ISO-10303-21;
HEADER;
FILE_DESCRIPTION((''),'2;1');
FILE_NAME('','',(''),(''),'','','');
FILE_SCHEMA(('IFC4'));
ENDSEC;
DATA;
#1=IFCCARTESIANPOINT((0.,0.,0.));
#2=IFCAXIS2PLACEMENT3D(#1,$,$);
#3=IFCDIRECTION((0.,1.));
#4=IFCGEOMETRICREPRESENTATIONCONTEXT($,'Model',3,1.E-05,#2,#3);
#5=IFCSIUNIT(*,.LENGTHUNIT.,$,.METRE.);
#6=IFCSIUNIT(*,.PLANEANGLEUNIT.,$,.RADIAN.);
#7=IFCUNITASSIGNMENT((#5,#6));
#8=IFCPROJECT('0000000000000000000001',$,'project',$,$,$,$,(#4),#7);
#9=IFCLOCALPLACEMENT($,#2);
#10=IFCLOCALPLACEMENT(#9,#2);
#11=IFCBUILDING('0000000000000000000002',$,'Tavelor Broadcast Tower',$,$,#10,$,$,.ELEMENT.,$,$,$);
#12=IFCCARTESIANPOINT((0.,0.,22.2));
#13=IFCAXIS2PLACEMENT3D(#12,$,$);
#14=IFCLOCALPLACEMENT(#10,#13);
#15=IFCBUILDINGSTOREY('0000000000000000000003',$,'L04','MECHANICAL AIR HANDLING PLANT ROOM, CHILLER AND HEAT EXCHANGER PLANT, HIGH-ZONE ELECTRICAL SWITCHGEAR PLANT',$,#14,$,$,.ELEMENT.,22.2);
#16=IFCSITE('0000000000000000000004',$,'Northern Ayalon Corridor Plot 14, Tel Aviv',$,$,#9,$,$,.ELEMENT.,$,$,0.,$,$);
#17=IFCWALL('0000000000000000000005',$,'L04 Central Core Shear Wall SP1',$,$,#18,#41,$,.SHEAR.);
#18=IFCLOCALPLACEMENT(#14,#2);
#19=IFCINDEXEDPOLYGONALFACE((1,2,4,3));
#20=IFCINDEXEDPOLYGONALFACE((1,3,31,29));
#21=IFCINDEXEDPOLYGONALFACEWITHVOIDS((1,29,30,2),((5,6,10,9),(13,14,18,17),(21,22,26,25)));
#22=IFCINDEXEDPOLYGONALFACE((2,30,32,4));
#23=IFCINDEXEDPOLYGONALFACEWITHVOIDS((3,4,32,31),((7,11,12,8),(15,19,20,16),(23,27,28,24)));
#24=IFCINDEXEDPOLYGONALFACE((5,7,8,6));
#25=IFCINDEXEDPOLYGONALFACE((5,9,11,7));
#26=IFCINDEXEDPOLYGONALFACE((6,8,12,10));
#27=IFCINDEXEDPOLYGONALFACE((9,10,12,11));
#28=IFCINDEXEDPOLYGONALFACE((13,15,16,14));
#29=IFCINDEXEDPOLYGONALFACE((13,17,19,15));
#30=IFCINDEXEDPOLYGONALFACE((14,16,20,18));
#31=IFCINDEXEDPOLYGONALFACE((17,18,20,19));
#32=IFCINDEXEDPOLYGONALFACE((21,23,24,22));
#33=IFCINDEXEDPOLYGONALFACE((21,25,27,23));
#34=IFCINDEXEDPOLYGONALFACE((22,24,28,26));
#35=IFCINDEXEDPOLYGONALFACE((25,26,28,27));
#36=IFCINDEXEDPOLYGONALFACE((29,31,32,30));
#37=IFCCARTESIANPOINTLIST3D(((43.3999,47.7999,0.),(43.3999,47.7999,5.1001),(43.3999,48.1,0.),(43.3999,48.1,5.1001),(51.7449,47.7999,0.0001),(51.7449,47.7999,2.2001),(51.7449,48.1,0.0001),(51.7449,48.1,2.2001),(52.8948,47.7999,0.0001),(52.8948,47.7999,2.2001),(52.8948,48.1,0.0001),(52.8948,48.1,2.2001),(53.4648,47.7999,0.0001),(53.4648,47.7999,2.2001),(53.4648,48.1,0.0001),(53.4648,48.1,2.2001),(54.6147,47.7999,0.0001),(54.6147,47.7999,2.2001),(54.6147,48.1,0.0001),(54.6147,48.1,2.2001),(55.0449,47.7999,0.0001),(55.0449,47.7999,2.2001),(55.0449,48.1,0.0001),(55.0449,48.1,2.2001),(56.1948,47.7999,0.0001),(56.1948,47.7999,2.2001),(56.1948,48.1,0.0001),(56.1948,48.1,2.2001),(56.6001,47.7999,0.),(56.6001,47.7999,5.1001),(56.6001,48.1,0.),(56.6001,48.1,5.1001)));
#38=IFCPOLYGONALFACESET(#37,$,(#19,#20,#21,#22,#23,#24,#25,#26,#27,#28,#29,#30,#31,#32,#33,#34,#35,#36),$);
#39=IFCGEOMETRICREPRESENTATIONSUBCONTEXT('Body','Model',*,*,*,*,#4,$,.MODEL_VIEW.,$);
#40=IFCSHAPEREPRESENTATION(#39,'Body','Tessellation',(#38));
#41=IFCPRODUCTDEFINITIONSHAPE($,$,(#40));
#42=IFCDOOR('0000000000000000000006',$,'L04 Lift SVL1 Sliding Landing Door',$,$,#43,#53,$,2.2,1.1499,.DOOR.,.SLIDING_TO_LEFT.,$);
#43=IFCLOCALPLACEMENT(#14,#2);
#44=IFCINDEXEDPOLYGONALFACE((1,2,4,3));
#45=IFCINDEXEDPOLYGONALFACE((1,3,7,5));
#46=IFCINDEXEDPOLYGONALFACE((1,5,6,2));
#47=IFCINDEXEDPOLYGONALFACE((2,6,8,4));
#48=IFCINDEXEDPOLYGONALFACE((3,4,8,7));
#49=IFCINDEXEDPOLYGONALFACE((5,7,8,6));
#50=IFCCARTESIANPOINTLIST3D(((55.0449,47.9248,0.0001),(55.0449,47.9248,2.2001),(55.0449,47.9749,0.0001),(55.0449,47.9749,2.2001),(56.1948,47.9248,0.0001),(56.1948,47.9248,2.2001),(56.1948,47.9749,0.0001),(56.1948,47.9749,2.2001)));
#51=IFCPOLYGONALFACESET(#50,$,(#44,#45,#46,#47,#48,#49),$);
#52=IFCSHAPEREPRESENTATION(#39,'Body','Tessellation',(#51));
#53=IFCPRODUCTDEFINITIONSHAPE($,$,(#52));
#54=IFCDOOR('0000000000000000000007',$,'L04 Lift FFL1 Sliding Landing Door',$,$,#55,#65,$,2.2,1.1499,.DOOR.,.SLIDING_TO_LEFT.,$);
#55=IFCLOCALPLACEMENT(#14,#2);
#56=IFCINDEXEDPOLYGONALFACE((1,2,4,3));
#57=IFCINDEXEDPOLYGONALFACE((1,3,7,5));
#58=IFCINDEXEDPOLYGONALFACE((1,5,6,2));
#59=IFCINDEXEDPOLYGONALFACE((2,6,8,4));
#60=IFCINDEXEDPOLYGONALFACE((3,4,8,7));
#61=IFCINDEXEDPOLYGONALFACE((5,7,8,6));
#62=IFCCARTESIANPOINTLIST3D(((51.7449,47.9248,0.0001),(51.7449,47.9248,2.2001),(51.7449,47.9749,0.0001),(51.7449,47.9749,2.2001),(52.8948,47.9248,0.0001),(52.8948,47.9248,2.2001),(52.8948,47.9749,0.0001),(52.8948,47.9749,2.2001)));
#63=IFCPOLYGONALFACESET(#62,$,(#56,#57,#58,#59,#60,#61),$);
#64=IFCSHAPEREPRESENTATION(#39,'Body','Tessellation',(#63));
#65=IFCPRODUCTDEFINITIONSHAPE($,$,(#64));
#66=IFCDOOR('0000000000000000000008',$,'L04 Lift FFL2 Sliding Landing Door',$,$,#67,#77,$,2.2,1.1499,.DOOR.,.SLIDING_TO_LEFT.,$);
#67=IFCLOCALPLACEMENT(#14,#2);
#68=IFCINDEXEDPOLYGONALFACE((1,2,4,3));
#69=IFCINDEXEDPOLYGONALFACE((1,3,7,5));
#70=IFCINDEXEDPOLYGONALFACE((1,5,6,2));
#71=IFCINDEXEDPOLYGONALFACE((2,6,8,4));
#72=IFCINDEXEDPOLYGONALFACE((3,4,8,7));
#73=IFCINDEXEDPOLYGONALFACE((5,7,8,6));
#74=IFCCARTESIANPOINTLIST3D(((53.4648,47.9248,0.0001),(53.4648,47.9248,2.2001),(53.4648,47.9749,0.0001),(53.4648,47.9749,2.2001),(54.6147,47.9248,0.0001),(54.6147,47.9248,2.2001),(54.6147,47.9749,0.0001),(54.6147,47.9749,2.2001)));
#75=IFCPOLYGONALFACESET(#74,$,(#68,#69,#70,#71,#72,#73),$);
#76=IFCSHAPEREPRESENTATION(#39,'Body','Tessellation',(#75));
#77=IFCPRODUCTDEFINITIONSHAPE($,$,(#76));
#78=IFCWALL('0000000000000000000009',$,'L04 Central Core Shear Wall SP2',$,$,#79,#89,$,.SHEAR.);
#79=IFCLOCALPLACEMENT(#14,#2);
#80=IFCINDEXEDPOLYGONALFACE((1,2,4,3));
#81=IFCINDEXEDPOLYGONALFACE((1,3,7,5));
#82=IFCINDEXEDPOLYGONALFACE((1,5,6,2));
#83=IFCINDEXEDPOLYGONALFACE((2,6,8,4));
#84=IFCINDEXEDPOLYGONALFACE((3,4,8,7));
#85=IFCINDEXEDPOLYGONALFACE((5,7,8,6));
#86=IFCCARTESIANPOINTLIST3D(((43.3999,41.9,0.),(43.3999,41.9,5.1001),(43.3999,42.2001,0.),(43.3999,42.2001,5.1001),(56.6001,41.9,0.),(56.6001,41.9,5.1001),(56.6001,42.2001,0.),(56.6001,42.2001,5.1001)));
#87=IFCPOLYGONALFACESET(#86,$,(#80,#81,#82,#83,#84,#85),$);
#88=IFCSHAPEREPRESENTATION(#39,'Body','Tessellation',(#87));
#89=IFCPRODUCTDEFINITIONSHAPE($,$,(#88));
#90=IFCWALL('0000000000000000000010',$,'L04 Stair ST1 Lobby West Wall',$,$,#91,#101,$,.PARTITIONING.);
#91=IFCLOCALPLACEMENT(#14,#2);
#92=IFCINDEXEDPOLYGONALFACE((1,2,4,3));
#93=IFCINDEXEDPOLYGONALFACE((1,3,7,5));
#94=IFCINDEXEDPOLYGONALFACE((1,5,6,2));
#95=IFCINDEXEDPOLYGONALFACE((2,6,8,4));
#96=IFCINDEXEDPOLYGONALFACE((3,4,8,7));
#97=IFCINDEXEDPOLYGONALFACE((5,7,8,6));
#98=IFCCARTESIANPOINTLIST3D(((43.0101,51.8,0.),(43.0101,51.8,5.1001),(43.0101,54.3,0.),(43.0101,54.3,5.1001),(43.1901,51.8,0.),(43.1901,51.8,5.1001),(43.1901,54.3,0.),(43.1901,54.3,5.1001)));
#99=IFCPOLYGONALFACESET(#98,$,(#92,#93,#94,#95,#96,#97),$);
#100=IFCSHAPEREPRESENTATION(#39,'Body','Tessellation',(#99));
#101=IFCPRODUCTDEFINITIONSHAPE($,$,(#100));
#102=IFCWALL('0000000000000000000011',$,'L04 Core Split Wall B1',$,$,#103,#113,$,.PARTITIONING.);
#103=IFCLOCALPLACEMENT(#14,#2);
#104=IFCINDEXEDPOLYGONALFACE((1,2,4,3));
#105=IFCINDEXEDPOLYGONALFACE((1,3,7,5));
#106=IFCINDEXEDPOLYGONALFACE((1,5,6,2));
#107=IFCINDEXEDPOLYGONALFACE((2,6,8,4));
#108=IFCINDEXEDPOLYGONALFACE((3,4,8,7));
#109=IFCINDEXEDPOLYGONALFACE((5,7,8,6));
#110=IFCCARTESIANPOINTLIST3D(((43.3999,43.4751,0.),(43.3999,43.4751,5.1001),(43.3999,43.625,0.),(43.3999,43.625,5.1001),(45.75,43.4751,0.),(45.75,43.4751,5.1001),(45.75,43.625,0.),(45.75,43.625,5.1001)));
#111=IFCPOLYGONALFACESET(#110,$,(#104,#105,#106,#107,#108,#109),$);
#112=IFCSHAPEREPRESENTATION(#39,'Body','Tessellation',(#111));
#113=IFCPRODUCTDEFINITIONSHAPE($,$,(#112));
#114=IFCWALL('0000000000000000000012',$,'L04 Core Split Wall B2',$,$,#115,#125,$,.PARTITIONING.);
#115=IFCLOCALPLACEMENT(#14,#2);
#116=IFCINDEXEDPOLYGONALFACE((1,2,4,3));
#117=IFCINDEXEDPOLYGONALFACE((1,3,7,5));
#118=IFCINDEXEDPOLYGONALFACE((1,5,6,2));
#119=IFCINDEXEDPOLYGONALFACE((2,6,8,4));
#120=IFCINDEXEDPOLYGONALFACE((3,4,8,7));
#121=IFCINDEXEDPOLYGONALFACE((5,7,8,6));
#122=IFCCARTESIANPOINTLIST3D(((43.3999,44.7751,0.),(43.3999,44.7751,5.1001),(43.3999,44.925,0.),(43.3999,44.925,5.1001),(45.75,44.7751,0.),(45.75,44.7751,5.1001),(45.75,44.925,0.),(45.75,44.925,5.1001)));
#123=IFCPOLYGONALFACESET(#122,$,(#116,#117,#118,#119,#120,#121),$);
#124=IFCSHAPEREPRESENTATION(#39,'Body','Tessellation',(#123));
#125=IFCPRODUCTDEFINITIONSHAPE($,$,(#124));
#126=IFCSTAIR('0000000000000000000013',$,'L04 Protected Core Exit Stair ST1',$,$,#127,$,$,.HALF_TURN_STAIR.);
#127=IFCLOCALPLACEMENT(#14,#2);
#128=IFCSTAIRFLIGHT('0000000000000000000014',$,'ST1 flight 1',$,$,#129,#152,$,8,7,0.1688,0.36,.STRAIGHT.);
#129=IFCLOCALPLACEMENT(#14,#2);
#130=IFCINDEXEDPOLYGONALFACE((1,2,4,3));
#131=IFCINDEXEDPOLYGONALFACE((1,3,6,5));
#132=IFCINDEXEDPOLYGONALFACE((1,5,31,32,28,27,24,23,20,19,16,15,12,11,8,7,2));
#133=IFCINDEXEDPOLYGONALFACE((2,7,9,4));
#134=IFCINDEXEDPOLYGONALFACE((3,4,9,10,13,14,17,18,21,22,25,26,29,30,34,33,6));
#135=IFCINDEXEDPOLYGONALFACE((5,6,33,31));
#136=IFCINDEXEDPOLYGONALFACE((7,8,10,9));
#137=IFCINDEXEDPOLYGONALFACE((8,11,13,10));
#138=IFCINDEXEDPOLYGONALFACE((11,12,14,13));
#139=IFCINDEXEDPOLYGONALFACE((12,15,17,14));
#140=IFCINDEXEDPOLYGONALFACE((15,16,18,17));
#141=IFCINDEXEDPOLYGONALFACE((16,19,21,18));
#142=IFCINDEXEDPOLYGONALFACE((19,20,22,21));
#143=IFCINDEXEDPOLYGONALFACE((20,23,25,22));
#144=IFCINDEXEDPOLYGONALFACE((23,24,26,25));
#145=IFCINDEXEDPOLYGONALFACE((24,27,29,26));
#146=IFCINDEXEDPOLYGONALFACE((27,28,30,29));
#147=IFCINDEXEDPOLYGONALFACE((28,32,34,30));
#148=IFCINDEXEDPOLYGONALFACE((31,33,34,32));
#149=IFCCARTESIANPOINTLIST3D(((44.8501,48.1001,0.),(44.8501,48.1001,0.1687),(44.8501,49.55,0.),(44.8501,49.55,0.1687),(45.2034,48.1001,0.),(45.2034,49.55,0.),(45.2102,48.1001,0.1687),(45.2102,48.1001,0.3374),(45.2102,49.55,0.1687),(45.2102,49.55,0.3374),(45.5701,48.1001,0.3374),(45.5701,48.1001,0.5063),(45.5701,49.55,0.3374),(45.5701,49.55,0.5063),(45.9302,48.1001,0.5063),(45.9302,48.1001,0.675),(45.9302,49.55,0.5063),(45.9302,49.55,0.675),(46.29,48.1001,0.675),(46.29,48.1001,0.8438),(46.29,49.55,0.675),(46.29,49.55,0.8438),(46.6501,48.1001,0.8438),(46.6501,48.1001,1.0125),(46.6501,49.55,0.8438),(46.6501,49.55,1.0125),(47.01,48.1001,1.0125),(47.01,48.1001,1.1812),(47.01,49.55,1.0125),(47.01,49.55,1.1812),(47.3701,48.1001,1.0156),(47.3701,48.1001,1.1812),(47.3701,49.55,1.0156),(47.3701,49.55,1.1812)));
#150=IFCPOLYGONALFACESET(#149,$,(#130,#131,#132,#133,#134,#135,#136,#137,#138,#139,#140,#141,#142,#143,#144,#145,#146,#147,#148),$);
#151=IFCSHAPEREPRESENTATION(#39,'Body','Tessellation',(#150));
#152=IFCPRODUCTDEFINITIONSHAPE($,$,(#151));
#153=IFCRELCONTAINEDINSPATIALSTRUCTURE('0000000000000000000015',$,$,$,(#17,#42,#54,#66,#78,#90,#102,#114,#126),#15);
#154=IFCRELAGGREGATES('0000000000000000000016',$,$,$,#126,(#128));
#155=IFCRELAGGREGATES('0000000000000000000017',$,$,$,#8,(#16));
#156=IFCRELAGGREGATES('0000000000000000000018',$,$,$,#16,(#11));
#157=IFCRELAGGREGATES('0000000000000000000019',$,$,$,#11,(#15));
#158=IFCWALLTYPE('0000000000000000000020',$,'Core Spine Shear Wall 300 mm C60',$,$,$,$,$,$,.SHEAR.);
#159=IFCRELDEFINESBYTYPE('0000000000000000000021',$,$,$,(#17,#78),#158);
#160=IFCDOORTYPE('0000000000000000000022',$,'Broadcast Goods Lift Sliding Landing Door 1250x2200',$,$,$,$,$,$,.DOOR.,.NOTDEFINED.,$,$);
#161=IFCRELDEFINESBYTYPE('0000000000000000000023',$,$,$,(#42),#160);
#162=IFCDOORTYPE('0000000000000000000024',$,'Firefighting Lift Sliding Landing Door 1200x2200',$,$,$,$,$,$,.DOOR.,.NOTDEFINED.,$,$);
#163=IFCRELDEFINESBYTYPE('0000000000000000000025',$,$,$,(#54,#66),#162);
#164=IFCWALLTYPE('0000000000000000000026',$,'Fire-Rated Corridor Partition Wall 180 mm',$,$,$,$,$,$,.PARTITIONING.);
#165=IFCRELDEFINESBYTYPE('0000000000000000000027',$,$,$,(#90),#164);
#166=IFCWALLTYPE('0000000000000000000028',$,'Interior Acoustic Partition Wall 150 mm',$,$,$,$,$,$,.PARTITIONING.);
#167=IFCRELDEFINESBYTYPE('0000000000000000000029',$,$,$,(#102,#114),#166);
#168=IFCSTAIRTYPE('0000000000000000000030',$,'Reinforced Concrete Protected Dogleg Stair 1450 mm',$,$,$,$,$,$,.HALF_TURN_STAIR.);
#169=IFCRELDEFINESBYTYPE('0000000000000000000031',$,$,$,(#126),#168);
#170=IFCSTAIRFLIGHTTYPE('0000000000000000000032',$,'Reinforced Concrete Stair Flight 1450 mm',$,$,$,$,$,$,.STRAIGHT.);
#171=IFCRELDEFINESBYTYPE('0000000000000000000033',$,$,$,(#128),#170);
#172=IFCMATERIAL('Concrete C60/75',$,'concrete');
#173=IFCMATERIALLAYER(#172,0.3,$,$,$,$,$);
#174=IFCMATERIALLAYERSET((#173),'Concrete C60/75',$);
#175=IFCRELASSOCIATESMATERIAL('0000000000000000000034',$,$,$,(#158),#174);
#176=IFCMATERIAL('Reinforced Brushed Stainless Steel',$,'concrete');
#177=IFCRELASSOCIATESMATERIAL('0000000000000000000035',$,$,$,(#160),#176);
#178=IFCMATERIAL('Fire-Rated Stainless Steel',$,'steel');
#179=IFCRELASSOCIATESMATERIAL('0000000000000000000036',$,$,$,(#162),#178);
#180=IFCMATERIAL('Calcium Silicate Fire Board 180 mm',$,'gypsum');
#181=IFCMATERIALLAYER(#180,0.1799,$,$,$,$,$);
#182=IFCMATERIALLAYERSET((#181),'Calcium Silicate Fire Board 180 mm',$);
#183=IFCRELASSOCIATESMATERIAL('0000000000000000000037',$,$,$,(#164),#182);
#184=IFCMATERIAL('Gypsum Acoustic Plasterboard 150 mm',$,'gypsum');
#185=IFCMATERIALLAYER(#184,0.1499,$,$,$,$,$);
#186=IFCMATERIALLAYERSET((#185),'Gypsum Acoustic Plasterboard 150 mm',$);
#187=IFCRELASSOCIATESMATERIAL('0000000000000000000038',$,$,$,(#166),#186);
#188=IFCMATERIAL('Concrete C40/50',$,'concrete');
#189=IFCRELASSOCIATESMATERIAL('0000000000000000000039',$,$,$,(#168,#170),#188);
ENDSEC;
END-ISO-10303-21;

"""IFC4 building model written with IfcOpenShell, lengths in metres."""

from ifc_helpers import new_model, si_unit, direction, frame, frame_2d, origin, place, context, subcontext, project, spatial, polyline, rectangle, outline, extrude, material, layer, layer_set, type_object, element, fill, aggregate, save


model = new_model("IFC4")

# Units and contexts
model_context = context("Model", 3, precision=1e-05, world=origin(), true_north=direction((0.0, 1.0)))
body_context = subcontext(model_context, "Body", "Model", "MODEL_VIEW")
ifc_project = project(units=[si_unit("LENGTHUNIT", "METRE"), si_unit("PLANEANGLEUNIT", "RADIAN")], contexts=[model_context])

# Site, building, storey
site_placement = place(None, origin())
site = spatial("IfcSite", under=ifc_project, at=site_placement, Name="Northern Ayalon Corridor Plot 14, Tel Aviv", CompositionType="ELEMENT", RefElevation=0.0)
building_placement = place(site_placement, origin())
building = spatial("IfcBuilding", under=site, at=building_placement, Name="Tavelor Broadcast Tower", CompositionType="ELEMENT")
storey_placement = place(building_placement, frame((0.0, 0.0, 22.2)))
storey = spatial("IfcBuildingStorey", under=building, at=storey_placement, Name="L04", Description="MECHANICAL AIR HANDLING PLANT ROOM, CHILLER AND HEAT EXCHANGER PLANT, HIGH-ZONE ELECTRICAL SWITCHGEAR PLANT", CompositionType="ELEMENT", Elevation=22.2)

# Shared definitions
ifc_material_1 = material(Name="Concrete C60/75", Category="concrete")

# Wall, openings, doors
ifc_layer_1 = layer(ifc_material_1, 0.3)
ifc_layer_set_1 = layer_set([ifc_layer_1], Name="Concrete C60/75")
wall_type_1 = type_object("IfcWallType", Name="Core Spine Shear Wall 300 mm C60", PredefinedType="SHEAR", material=ifc_layer_set_1)
wall_1_placement = place(storey_placement, frame((43.3999, 47.95, 0.0), z_axis=(0.0, 0.0, 1.0), x_axis=(1.0, 0.0, 0.0)))
wall_1 = element("IfcWall", 1, at=wall_1_placement, inside=storey, type_object=wall_type_1, Name="L04 Central Core Shear Wall SP1", PredefinedType="SHEAR", context=body_context, shape_type="SweptSolid", body=[
    extrude(rectangle(XDim=13.2002, YDim=0.3, at=frame_2d((6.6001, 0.0))), origin(), (0.0, 0.0, 1.0), 5.1001),
])
opening_1_placement = place(wall_1_placement, frame((8.345, 0.0, 0.0)))
opening_1 = element("IfcOpeningElement", 2, at=opening_1_placement, cuts=wall_1, PredefinedType="OPENING", context=body_context, shape_type="SweptSolid", body=[
    extrude(rectangle(XDim=1.1499, YDim=2.2, at=frame_2d((0.575, 1.1001))), frame((0.0, 0.1602, 0.0), z_axis=(0.0, -1.0, 0.0), x_axis=(1.0, 0.0, 0.0)), (0.0, 0.0, 1.0), 0.3201),
])
opening_2_placement = place(wall_1_placement, frame((10.0649, 0.0, 0.0)))
opening_2 = element("IfcOpeningElement", 3, at=opening_2_placement, cuts=wall_1, PredefinedType="OPENING", context=body_context, shape_type="SweptSolid", body=[
    extrude(rectangle(XDim=1.1499, YDim=2.2, at=frame_2d((0.575, 1.1001))), frame((0.0, 0.1602, 0.0), z_axis=(0.0, -1.0, 0.0), x_axis=(1.0, 0.0, 0.0)), (0.0, 0.0, 1.0), 0.3201),
])
opening_3_placement = place(wall_1_placement, frame((11.645, 0.0, 0.0)))
opening_3 = element("IfcOpeningElement", 4, at=opening_3_placement, cuts=wall_1, PredefinedType="OPENING", context=body_context, shape_type="SweptSolid", body=[
    extrude(rectangle(XDim=1.1499, YDim=2.2, at=frame_2d((0.575, 1.1001))), frame((0.0, 0.1602, 0.0), z_axis=(0.0, -1.0, 0.0), x_axis=(1.0, 0.0, 0.0)), (0.0, 0.0, 1.0), 0.3201),
])
ifc_material_2 = material(Name="Reinforced Brushed Stainless Steel", Category="concrete")
door_type_1 = type_object("IfcDoorType", Name="Broadcast Goods Lift Sliding Landing Door 1250x2200", OperationType="NOTDEFINED", PredefinedType="DOOR", material=ifc_material_2)
door_1_placement = place(opening_3_placement, origin())
door_1 = element("IfcDoor", 5, at=door_1_placement, inside=storey, type_object=door_type_1, Name="L04 Lift SVL1 Sliding Landing Door", OperationType="SLIDING_TO_LEFT", OverallHeight=2.2, OverallWidth=1.1499, PredefinedType="DOOR", context=body_context, shape_type="SweptSolid", body=[
    extrude(rectangle(XDim=1.1499, YDim=2.2, at=frame_2d((0.575, 1.1001))), frame((0.0, 0.0249, 0.0), z_axis=(0.0, -1.0, 0.0), x_axis=(1.0, 0.0, 0.0)), (0.0, 0.0, 1.0), 0.05),
])
fill(opening_3, door_1)
ifc_material_3 = material(Name="Fire-Rated Stainless Steel", Category="steel")
door_type_2 = type_object("IfcDoorType", Name="Firefighting Lift Sliding Landing Door 1200x2200", OperationType="NOTDEFINED", PredefinedType="DOOR", material=ifc_material_3)
door_2_placement = place(opening_1_placement, origin())
door_2 = element("IfcDoor", 6, at=door_2_placement, inside=storey, type_object=door_type_2, Name="L04 Lift FFL1 Sliding Landing Door", OperationType="SLIDING_TO_LEFT", OverallHeight=2.2, OverallWidth=1.1499, PredefinedType="DOOR", context=body_context, shape_type="SweptSolid", body=[
    extrude(rectangle(XDim=1.1499, YDim=2.2, at=frame_2d((0.575, 1.1001))), frame((0.0, 0.0249, 0.0), z_axis=(0.0, -1.0, 0.0), x_axis=(1.0, 0.0, 0.0)), (0.0, 0.0, 1.0), 0.05),
])
fill(opening_1, door_2)
door_3_placement = place(opening_2_placement, origin())
door_3 = element("IfcDoor", 7, at=door_3_placement, inside=storey, type_object=door_type_2, Name="L04 Lift FFL2 Sliding Landing Door", OperationType="SLIDING_TO_LEFT", OverallHeight=2.2, OverallWidth=1.1499, PredefinedType="DOOR", context=body_context, shape_type="SweptSolid", body=[
    extrude(rectangle(XDim=1.1499, YDim=2.2, at=frame_2d((0.575, 1.1001))), frame((0.0, 0.0249, 0.0), z_axis=(0.0, -1.0, 0.0), x_axis=(1.0, 0.0, 0.0)), (0.0, 0.0, 1.0), 0.05),
])
fill(opening_2, door_3)

# Walls
wall_2_placement = place(storey_placement, frame((43.3999, 42.05, 0.0), z_axis=(0.0, 0.0, 1.0), x_axis=(1.0, 0.0, 0.0)))
element("IfcWall", 8, at=wall_2_placement, inside=storey, type_object=wall_type_1, Name="L04 Central Core Shear Wall SP2", PredefinedType="SHEAR", context=body_context, shape_type="SweptSolid", body=[
    extrude(rectangle(XDim=13.2002, YDim=0.3, at=frame_2d((6.6001, 0.0))), origin(), (0.0, 0.0, 1.0), 5.1001),
])
ifc_material_4 = material(Name="Calcium Silicate Fire Board 180 mm", Category="gypsum")
ifc_layer_2 = layer(ifc_material_4, 0.1799)
ifc_layer_set_2 = layer_set([ifc_layer_2], Name="Calcium Silicate Fire Board 180 mm")
wall_type_2 = type_object("IfcWallType", Name="Fire-Rated Corridor Partition Wall 180 mm", PredefinedType="PARTITIONING", material=ifc_layer_set_2)
wall_3_placement = place(storey_placement, frame((43.1001, 51.8, 0.0), z_axis=(0.0, 0.0, 1.0), x_axis=(0.0, 1.0, 0.0)))
element("IfcWall", 9, at=wall_3_placement, inside=storey, type_object=wall_type_2, Name="L04 Stair ST1 Lobby West Wall", PredefinedType="PARTITIONING", context=body_context, shape_type="SweptSolid", body=[
    extrude(rectangle(XDim=2.5, YDim=0.1799, at=frame_2d((1.25, 0.0))), origin(), (0.0, 0.0, 1.0), 5.1001),
])
ifc_material_5 = material(Name="Gypsum Acoustic Plasterboard 150 mm", Category="gypsum")
ifc_layer_3 = layer(ifc_material_5, 0.1499)
ifc_layer_set_3 = layer_set([ifc_layer_3], Name="Gypsum Acoustic Plasterboard 150 mm")
wall_type_3 = type_object("IfcWallType", Name="Interior Acoustic Partition Wall 150 mm", PredefinedType="PARTITIONING", material=ifc_layer_set_3)
for number, where, z_axis, x_axis, name in (
    (10, (43.3999, 43.55, 0.0), (0.0, 0.0, 1.0), (1.0, 0.0, 0.0), "L04 Core Split Wall B1"),
    (11, (43.3999, 44.8501, 0.0), (0.0, 0.0, 1.0), (1.0, 0.0, 0.0), "L04 Core Split Wall B2"),
):
    element("IfcWall", number, at=place(storey_placement, frame(where, z_axis=z_axis, x_axis=x_axis)), inside=storey, type_object=wall_type_3, Name=name, PredefinedType="PARTITIONING", context=body_context, shape_type="SweptSolid", body=[
        extrude(rectangle(XDim=2.3501, YDim=0.1499, at=frame_2d((1.175, 0.0))), origin(), (0.0, 0.0, 1.0), 5.1001),
    ])

# Stair, stair flight
ifc_material_6 = material(Name="Concrete C40/50", Category="concrete")
stair_type = type_object("IfcStairType", Name="Reinforced Concrete Protected Dogleg Stair 1450 mm", PredefinedType="HALF_TURN_STAIR", material=ifc_material_6)
stair_1_placement = place(storey_placement, origin())
stair_1 = element("IfcStair", 12, at=stair_1_placement, inside=storey, type_object=stair_type, Name="L04 Protected Core Exit Stair ST1", PredefinedType="HALF_TURN_STAIR")
stair_flight_type = type_object("IfcStairFlightType", Name="Reinforced Concrete Stair Flight 1450 mm", PredefinedType="STRAIGHT", material=ifc_material_6)
stair_flight_1_placement = place(storey_placement, frame((44.8501, 48.825, 0.0), z_axis=(0.0, 0.0, 1.0), x_axis=(1.0, 0.0, 0.0)))
stair_flight_1 = element("IfcStairFlight", 13, at=stair_flight_1_placement, type_object=stair_flight_type, Name="ST1 flight 1", NumberOfRisers=8, NumberOfTreads=7, PredefinedType="STRAIGHT", RiserHeight=0.1688, TreadLength=0.36, context=body_context, shape_type="SweptSolid", body=[
    extrude(outline(polyline([(0.0, 0.0), (0.0, 0.1687), (0.3601, 0.1687), (0.3601, 0.3374), (0.72, 0.3374), (0.72, 0.5063), (1.0801, 0.5063), (1.0801, 0.675), (1.4399, 0.675), (1.4399, 0.8438), (1.8, 0.8438), (1.8, 1.0125), (2.1599, 1.0125), (2.1599, 1.1812), (2.52, 1.1812), (2.52, 1.3501), (2.52, 1.0156), (0.3533, 0.0), (0.0, 0.0)])), frame((0.0, 0.7251, 0.0), z_axis=(0.0, -1.0, 0.0), x_axis=(1.0, 0.0, 0.0)), (0.0, 0.0, 1.0), 1.45),
])
aggregate(stair_1, [stair_flight_1])

save(model, "model.ifc")
